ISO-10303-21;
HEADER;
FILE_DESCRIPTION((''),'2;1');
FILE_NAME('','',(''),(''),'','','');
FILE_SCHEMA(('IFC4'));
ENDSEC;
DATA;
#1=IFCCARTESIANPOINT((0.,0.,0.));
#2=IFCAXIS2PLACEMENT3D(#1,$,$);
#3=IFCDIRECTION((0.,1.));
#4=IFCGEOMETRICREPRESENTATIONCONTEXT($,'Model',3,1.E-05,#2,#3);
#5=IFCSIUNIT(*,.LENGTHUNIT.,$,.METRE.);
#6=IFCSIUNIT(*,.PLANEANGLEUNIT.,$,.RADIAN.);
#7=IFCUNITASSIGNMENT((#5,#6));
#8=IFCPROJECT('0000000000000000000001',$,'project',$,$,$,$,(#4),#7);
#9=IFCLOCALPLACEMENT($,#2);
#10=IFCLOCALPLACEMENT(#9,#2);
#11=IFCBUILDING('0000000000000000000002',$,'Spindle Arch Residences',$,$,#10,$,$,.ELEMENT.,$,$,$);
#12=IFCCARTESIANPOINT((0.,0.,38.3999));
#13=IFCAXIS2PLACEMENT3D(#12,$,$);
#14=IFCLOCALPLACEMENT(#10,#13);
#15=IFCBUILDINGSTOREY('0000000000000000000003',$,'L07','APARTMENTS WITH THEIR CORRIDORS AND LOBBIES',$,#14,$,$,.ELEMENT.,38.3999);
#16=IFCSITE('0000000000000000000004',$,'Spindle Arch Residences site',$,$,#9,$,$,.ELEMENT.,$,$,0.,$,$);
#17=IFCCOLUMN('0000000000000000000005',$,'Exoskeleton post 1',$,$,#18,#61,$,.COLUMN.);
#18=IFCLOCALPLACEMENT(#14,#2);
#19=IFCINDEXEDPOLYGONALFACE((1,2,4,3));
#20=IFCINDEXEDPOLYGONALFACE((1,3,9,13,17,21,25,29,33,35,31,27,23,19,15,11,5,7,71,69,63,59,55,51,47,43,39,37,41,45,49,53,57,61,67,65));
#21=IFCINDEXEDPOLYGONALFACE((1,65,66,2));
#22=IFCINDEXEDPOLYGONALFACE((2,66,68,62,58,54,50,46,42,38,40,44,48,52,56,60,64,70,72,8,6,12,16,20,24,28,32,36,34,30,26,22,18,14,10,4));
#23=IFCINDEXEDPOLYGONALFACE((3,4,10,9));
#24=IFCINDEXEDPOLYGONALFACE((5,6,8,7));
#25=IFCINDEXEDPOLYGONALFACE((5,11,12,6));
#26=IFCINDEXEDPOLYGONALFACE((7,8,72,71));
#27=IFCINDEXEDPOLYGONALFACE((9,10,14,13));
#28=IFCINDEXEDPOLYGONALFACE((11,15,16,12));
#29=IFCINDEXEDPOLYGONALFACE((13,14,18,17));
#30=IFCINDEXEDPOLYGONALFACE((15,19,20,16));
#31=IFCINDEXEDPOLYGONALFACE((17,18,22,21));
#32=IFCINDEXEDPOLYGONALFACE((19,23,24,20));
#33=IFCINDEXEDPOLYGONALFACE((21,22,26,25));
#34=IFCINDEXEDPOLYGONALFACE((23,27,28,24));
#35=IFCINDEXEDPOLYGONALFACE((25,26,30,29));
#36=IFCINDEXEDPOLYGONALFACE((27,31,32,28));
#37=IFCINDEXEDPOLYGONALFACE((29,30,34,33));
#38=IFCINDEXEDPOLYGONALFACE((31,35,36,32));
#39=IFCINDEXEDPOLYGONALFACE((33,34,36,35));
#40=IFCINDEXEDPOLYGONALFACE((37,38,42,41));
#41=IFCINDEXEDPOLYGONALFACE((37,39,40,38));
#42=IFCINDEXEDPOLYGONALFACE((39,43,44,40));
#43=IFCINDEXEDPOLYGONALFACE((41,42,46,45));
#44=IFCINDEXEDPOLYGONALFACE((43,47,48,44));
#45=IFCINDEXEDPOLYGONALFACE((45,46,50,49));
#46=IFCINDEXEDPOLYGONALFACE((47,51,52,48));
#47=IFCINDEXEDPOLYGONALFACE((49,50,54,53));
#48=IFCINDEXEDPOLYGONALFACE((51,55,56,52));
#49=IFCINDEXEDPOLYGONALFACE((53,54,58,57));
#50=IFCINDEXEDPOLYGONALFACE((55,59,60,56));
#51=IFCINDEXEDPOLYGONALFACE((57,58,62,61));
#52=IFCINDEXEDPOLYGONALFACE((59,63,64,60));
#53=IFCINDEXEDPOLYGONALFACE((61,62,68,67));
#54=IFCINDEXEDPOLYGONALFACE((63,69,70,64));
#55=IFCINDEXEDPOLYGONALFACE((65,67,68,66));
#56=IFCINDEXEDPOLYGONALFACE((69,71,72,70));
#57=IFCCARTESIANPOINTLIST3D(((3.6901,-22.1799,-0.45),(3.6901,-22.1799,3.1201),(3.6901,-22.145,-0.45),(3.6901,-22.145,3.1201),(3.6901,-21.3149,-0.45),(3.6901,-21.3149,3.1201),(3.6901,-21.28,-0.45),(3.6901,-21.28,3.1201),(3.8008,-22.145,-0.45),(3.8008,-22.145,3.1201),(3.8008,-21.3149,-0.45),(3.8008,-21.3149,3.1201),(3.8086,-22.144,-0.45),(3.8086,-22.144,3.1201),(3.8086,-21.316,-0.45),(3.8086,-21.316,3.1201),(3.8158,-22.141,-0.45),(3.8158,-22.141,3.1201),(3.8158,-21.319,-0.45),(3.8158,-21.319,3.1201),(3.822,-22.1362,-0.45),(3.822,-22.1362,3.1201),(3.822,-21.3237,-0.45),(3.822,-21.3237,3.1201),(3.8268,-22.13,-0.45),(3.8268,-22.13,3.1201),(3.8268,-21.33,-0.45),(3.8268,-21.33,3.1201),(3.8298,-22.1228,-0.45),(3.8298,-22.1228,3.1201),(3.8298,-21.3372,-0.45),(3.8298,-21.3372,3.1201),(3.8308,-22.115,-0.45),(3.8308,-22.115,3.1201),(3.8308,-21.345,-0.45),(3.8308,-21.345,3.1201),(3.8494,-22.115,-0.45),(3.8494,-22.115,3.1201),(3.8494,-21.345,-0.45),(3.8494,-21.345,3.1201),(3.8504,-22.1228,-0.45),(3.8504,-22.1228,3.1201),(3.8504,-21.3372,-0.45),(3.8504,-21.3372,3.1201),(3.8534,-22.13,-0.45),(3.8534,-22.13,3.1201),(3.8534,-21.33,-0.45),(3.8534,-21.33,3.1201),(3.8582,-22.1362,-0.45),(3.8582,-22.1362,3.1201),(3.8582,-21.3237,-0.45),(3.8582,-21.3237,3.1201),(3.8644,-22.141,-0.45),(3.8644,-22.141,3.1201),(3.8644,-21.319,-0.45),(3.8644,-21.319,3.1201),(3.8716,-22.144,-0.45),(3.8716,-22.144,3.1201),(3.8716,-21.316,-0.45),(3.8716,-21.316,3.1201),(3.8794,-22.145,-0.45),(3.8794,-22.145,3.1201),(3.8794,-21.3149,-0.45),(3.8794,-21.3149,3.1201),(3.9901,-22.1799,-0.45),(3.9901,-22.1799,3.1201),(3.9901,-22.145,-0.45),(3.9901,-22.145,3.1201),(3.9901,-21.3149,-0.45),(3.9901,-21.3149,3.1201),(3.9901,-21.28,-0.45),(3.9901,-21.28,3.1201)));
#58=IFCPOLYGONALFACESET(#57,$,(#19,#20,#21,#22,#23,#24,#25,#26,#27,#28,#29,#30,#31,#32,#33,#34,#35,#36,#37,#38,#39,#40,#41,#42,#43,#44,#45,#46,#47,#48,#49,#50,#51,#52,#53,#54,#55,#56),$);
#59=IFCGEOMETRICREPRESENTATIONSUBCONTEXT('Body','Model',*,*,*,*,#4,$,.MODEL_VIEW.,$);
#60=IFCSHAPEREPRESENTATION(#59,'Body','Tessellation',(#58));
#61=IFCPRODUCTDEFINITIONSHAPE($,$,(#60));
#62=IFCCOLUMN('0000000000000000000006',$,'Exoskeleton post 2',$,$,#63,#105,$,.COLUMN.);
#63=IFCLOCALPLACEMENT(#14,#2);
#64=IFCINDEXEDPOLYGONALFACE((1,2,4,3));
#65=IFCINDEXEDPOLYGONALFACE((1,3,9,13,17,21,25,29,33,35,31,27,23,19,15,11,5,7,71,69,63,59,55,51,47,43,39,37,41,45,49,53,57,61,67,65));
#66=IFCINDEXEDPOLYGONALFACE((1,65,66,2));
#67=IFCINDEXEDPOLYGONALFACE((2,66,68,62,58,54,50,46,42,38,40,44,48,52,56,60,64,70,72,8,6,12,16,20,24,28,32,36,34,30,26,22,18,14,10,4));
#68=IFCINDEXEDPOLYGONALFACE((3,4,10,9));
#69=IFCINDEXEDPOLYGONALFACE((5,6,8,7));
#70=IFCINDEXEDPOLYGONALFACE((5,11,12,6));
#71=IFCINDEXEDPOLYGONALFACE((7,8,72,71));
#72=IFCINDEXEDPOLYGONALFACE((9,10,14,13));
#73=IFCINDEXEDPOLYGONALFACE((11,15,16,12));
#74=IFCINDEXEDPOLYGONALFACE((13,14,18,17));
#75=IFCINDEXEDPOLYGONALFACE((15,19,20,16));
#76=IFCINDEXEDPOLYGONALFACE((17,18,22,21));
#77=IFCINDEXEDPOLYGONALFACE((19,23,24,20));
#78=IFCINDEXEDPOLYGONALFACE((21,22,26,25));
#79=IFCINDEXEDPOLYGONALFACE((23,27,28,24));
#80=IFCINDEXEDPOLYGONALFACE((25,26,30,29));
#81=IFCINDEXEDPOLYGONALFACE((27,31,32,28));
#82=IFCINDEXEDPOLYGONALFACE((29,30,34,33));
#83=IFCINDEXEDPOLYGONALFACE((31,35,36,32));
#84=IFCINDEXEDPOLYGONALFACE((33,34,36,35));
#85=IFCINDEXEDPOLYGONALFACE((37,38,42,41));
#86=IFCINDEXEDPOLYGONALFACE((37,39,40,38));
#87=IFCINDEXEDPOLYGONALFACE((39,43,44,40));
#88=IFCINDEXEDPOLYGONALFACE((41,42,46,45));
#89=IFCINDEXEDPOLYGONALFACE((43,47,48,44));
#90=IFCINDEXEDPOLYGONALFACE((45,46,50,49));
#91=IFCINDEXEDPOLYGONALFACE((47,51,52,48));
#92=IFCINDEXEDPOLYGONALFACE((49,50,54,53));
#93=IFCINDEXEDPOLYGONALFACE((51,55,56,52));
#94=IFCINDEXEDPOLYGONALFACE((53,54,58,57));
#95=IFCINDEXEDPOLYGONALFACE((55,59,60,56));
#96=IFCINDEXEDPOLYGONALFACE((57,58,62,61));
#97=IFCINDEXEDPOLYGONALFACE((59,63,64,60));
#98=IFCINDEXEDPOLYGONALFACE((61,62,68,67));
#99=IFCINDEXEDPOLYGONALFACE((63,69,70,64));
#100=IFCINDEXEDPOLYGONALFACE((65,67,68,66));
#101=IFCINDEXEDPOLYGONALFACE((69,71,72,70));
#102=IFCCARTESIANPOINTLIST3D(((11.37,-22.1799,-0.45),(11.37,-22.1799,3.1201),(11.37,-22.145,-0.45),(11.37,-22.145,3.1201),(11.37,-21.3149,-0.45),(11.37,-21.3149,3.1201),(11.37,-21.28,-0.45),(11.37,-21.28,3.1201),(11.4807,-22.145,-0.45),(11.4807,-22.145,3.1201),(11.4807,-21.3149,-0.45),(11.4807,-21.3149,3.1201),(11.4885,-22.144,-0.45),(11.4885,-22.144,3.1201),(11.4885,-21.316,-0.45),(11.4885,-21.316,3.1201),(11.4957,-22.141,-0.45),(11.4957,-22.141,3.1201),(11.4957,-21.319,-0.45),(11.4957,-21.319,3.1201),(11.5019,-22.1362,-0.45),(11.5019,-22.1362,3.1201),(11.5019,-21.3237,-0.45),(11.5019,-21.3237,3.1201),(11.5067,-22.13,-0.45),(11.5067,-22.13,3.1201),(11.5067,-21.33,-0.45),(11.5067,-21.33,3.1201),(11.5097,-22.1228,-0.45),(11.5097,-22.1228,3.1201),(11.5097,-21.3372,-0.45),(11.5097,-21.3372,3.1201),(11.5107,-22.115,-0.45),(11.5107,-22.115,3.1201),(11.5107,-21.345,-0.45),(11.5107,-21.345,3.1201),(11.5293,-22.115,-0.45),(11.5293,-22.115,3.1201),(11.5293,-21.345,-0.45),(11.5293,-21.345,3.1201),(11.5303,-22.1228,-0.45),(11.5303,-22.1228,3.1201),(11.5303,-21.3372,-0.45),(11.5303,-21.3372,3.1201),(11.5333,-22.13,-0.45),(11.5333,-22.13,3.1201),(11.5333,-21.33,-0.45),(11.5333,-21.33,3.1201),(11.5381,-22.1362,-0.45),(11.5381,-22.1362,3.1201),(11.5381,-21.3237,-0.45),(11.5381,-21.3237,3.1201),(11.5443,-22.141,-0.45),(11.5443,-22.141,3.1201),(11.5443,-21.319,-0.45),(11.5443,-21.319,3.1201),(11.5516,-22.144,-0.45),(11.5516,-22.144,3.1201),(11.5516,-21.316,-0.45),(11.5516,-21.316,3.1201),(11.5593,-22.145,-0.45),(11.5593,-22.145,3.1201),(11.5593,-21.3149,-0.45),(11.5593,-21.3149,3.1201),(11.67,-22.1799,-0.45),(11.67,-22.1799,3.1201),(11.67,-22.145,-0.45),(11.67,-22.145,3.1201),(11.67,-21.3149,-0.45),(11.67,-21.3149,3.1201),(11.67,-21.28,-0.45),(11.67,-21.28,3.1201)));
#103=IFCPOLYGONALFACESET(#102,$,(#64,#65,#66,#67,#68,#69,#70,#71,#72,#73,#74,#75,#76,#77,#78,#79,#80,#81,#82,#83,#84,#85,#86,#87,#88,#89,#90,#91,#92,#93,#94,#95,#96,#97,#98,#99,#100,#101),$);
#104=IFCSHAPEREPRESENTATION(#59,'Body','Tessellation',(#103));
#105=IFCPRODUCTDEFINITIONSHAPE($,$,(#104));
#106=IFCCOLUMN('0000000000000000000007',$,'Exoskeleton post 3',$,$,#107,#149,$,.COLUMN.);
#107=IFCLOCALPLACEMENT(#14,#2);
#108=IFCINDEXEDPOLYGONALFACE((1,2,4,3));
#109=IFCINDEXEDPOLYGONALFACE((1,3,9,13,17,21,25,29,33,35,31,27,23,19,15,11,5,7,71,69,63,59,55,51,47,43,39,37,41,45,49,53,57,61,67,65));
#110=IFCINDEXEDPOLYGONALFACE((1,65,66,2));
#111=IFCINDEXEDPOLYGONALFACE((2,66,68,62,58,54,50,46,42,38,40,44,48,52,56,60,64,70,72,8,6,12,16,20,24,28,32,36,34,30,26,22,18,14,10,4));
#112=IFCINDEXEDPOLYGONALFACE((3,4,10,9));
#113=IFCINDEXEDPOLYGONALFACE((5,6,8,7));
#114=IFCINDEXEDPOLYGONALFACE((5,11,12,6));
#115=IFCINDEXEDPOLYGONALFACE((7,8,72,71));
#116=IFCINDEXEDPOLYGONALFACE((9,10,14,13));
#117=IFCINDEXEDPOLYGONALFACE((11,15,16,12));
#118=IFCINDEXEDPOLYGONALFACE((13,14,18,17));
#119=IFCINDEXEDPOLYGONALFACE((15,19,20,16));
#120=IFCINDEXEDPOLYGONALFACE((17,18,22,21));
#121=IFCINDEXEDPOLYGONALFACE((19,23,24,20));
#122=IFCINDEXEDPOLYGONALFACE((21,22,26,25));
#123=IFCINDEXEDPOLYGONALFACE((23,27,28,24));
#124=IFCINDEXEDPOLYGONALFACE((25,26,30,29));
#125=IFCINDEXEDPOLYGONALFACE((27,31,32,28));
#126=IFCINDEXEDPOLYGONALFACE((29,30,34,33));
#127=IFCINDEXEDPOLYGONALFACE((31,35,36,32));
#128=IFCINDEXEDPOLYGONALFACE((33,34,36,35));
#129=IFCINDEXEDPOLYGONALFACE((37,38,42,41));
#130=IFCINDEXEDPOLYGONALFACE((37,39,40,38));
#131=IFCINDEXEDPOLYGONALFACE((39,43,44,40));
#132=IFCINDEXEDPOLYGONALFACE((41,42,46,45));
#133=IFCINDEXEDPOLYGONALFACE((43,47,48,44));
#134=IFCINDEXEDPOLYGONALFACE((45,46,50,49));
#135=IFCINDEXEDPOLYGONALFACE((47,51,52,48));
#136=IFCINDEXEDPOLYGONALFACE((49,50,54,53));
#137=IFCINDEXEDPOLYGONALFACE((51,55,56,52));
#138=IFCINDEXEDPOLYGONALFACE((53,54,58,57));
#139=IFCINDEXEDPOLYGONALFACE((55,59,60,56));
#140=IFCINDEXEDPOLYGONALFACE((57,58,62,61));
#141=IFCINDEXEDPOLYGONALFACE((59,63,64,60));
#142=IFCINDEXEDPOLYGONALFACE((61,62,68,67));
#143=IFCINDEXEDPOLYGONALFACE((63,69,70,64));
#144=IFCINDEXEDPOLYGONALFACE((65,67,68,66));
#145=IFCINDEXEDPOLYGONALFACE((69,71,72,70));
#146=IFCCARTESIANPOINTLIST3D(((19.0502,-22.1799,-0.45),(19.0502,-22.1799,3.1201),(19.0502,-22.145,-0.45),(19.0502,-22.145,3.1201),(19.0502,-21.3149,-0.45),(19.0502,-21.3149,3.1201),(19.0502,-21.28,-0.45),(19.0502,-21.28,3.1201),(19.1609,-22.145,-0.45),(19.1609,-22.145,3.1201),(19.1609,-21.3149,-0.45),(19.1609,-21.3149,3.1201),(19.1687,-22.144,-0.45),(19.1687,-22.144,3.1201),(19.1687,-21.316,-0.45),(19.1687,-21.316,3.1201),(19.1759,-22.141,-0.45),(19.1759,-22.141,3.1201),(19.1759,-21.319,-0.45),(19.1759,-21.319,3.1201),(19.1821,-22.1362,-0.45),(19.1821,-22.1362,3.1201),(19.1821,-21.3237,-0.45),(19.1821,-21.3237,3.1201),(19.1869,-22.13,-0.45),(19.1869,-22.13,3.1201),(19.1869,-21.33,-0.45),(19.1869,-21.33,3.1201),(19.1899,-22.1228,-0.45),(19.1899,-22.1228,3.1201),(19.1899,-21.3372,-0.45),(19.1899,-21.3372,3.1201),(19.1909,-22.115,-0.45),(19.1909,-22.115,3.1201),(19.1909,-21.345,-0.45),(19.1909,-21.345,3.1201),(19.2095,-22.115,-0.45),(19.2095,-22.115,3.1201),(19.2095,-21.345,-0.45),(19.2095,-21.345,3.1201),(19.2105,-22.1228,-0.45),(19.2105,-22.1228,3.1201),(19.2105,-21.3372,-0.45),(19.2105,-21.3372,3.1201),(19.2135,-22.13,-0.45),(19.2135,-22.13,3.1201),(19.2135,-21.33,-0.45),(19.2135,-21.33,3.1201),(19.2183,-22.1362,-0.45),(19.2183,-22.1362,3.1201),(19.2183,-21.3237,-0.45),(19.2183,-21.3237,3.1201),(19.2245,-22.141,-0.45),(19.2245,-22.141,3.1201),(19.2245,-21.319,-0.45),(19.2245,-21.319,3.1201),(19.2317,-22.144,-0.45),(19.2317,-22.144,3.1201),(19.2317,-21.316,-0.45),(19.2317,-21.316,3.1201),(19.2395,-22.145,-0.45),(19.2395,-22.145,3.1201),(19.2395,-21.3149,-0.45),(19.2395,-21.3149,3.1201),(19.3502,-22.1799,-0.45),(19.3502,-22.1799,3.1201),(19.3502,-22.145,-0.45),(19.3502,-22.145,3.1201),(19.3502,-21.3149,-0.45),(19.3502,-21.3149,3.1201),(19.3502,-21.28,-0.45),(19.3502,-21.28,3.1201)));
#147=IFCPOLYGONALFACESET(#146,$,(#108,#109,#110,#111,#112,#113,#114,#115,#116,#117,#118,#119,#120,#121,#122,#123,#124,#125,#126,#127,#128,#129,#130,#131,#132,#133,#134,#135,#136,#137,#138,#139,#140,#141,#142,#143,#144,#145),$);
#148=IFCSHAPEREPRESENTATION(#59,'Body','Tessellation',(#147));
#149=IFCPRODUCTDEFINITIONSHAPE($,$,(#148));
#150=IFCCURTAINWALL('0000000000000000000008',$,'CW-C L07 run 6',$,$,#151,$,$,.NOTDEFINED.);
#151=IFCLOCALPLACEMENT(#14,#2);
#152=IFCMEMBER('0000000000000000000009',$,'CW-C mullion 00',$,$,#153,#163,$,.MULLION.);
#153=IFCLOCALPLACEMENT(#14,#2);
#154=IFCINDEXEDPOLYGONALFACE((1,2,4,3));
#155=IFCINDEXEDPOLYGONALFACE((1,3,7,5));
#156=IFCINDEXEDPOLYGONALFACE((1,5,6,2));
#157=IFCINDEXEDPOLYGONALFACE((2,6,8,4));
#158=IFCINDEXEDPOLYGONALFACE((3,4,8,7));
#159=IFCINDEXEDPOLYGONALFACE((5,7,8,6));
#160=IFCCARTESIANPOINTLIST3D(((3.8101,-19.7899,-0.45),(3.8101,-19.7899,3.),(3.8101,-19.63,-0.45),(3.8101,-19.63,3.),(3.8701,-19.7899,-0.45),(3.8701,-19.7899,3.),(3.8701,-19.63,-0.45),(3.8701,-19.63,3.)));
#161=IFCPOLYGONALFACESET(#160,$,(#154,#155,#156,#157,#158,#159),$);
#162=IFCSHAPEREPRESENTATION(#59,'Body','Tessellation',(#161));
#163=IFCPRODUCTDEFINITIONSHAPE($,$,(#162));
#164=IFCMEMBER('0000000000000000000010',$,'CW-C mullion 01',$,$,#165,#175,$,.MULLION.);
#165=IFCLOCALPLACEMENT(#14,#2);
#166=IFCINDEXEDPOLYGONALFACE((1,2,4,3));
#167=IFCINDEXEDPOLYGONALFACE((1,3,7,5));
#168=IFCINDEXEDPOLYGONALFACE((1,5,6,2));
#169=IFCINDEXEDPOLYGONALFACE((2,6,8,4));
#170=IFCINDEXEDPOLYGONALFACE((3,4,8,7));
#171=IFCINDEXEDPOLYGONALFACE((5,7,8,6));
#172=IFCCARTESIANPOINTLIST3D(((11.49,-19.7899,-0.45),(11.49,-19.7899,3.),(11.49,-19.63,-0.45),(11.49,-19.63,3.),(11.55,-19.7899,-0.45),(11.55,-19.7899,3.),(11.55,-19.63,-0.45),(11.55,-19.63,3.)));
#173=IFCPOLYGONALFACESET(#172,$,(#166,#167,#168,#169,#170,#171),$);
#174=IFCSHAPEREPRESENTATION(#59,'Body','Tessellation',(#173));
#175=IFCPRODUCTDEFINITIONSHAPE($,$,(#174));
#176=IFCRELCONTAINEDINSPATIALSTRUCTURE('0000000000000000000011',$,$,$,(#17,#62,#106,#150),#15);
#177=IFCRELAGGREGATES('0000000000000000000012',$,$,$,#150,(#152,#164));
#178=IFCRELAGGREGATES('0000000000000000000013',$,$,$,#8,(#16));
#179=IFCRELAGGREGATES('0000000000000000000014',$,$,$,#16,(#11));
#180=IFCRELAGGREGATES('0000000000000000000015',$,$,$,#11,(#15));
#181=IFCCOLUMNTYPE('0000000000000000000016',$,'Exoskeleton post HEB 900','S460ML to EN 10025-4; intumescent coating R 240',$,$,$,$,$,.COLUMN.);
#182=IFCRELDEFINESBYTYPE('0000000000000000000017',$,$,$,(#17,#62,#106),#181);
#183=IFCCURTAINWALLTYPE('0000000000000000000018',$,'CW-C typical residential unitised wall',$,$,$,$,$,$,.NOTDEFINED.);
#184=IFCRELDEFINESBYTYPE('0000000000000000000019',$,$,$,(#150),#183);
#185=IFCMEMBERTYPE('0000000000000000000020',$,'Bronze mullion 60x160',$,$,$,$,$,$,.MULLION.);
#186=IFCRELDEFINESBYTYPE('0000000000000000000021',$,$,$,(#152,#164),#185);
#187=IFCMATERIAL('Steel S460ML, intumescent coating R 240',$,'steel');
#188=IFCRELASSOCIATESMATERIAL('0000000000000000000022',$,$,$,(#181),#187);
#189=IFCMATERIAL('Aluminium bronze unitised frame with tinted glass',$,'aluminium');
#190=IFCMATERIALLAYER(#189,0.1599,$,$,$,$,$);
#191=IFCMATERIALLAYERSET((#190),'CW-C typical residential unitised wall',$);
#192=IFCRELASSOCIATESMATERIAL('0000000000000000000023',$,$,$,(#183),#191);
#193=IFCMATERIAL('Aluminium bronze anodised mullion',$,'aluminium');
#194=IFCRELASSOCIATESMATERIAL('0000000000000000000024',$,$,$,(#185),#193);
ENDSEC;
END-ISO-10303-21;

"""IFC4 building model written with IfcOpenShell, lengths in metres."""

from ifc_helpers import new_model, si_unit, direction, frame, origin, origin_2d, place, context, subcontext, project, spatial, rectangle, i_section, extrude, material, layer, layer_set, material_profile, profile_set, type_object, element, aggregate, save


model = new_model("IFC4")

# Units and contexts
model_context = context("Model", 3, precision=1e-05, world=origin(), true_north=direction((0.0, 1.0)))
body_context = subcontext(model_context, "Body", "Model", "MODEL_VIEW")
ifc_project = project(units=[si_unit("LENGTHUNIT", "METRE"), si_unit("PLANEANGLEUNIT", "RADIAN")], contexts=[model_context])

# Site, building, storey
site_placement = place(None, origin())
site = spatial("IfcSite", under=ifc_project, at=site_placement, Name="Spindle Arch Residences site", CompositionType="ELEMENT", RefElevation=0.0)
building_placement = place(site_placement, origin())
building = spatial("IfcBuilding", under=site, at=building_placement, Name="Spindle Arch Residences", CompositionType="ELEMENT")
storey_placement = place(building_placement, frame((0.0, 0.0, 38.3999)))
storey = spatial("IfcBuildingStorey", under=building, at=storey_placement, Name="L07", Description="APARTMENTS WITH THEIR CORRIDORS AND LOBBIES", CompositionType="ELEMENT", Elevation=38.3999)

# Columns
ifc_material_1 = material(Name="Steel S460ML, intumescent coating R 240", Category="steel")
ifc_material_profile_1 = material_profile(ifc_material_1, i_section(OverallWidth=0.3, OverallDepth=0.8999, WebThickness=0.0186, FlangeThickness=0.0349, FilletRadius=0.03, at=origin_2d()), Name="HEB 900")
ifc_profile_set_1 = profile_set([ifc_material_profile_1], Name="Steel S460ML, intumescent coating R 240")
column_type = type_object("IfcColumnType", Name="Exoskeleton post HEB 900", Description="S460ML to EN 10025-4; intumescent coating R 240", PredefinedType="COLUMN", material=ifc_profile_set_1)
for number, where, z_axis, x_axis, name in (
    (1, (3.8401, -21.73, -0.45), (0.0, 0.0, 1.0), (-1.0, 0.0, 0.0), "Exoskeleton post 1"),
    (2, (11.52, -21.73, -0.45), (0.0, 0.0, 1.0), (-1.0, 0.0, 0.0), "Exoskeleton post 2"),
    (3, (19.2002, -21.73, -0.45), (0.0, 0.0, 1.0), (-1.0, 0.0, 0.0), "Exoskeleton post 3"),
):
    element("IfcColumn", number, at=place(storey_placement, frame(where, z_axis=z_axis, x_axis=x_axis)), inside=storey, type_object=column_type, Name=name, PredefinedType="COLUMN", context=body_context, shape_type="SweptSolid", body=[
        extrude(i_section(OverallWidth=0.3, OverallDepth=0.8999, WebThickness=0.0186, FlangeThickness=0.0349, FilletRadius=0.03, at=origin_2d()), origin(), (0.0, 0.0, 1.0), 3.5701),
    ])

# Curtain wall, members
ifc_material_2 = material(Name="Aluminium bronze unitised frame with tinted glass", Category="aluminium")
ifc_layer_1 = layer(ifc_material_2, 0.1599)
ifc_layer_set_1 = layer_set([ifc_layer_1], Name="CW-C typical residential unitised wall")
curtain_wall_type = type_object("IfcCurtainWallType", Name="CW-C typical residential unitised wall", PredefinedType="NOTDEFINED", material=ifc_layer_set_1)
curtain_wall_placement = place(storey_placement, origin())
curtain_wall = element("IfcCurtainWall", 4, at=curtain_wall_placement, inside=storey, type_object=curtain_wall_type, Name="CW-C L07 run 6", PredefinedType="NOTDEFINED")
ifc_material_3 = material(Name="Aluminium bronze anodised mullion", Category="aluminium")
ifc_material_profile_2 = material_profile(ifc_material_3, rectangle(XDim=0.1599, YDim=0.0601, at=origin_2d()), Name="MU 60x160")
ifc_profile_set_2 = profile_set([ifc_material_profile_2], Name="Aluminium bronze anodised mullion")
member_type_1 = type_object("IfcMemberType", Name="Bronze mullion 60x160", PredefinedType="MULLION", material=ifc_profile_set_2)
member_1_placement = place(storey_placement, frame((3.8401, -19.71, -0.45), z_axis=(0.0, 0.0, 1.0), x_axis=(0.0, 1.0, 0.0)))
member_1 = element("IfcMember", 5, at=member_1_placement, type_object=member_type_1, Name="CW-C mullion 00", PredefinedType="MULLION", context=body_context, shape_type="SweptSolid", body=[
    extrude(rectangle(XDim=0.1599, YDim=0.0601, at=origin_2d()), origin(), (0.0, 0.0, 1.0), 3.45),
])
member_2_placement = place(storey_placement, frame((11.52, -19.71, -0.45), z_axis=(0.0, 0.0, 1.0), x_axis=(0.0, 1.0, 0.0)))
member_2 = element("IfcMember", 6, at=member_2_placement, type_object=member_type_1, Name="CW-C mullion 01", PredefinedType="MULLION", context=body_context, shape_type="SweptSolid", body=[
    extrude(rectangle(XDim=0.1599, YDim=0.0601, at=origin_2d()), origin(), (0.0, 0.0, 1.0), 3.45),
])

aggregate(curtain_wall, [member_1, member_2])

save(model, "model.ifc")
